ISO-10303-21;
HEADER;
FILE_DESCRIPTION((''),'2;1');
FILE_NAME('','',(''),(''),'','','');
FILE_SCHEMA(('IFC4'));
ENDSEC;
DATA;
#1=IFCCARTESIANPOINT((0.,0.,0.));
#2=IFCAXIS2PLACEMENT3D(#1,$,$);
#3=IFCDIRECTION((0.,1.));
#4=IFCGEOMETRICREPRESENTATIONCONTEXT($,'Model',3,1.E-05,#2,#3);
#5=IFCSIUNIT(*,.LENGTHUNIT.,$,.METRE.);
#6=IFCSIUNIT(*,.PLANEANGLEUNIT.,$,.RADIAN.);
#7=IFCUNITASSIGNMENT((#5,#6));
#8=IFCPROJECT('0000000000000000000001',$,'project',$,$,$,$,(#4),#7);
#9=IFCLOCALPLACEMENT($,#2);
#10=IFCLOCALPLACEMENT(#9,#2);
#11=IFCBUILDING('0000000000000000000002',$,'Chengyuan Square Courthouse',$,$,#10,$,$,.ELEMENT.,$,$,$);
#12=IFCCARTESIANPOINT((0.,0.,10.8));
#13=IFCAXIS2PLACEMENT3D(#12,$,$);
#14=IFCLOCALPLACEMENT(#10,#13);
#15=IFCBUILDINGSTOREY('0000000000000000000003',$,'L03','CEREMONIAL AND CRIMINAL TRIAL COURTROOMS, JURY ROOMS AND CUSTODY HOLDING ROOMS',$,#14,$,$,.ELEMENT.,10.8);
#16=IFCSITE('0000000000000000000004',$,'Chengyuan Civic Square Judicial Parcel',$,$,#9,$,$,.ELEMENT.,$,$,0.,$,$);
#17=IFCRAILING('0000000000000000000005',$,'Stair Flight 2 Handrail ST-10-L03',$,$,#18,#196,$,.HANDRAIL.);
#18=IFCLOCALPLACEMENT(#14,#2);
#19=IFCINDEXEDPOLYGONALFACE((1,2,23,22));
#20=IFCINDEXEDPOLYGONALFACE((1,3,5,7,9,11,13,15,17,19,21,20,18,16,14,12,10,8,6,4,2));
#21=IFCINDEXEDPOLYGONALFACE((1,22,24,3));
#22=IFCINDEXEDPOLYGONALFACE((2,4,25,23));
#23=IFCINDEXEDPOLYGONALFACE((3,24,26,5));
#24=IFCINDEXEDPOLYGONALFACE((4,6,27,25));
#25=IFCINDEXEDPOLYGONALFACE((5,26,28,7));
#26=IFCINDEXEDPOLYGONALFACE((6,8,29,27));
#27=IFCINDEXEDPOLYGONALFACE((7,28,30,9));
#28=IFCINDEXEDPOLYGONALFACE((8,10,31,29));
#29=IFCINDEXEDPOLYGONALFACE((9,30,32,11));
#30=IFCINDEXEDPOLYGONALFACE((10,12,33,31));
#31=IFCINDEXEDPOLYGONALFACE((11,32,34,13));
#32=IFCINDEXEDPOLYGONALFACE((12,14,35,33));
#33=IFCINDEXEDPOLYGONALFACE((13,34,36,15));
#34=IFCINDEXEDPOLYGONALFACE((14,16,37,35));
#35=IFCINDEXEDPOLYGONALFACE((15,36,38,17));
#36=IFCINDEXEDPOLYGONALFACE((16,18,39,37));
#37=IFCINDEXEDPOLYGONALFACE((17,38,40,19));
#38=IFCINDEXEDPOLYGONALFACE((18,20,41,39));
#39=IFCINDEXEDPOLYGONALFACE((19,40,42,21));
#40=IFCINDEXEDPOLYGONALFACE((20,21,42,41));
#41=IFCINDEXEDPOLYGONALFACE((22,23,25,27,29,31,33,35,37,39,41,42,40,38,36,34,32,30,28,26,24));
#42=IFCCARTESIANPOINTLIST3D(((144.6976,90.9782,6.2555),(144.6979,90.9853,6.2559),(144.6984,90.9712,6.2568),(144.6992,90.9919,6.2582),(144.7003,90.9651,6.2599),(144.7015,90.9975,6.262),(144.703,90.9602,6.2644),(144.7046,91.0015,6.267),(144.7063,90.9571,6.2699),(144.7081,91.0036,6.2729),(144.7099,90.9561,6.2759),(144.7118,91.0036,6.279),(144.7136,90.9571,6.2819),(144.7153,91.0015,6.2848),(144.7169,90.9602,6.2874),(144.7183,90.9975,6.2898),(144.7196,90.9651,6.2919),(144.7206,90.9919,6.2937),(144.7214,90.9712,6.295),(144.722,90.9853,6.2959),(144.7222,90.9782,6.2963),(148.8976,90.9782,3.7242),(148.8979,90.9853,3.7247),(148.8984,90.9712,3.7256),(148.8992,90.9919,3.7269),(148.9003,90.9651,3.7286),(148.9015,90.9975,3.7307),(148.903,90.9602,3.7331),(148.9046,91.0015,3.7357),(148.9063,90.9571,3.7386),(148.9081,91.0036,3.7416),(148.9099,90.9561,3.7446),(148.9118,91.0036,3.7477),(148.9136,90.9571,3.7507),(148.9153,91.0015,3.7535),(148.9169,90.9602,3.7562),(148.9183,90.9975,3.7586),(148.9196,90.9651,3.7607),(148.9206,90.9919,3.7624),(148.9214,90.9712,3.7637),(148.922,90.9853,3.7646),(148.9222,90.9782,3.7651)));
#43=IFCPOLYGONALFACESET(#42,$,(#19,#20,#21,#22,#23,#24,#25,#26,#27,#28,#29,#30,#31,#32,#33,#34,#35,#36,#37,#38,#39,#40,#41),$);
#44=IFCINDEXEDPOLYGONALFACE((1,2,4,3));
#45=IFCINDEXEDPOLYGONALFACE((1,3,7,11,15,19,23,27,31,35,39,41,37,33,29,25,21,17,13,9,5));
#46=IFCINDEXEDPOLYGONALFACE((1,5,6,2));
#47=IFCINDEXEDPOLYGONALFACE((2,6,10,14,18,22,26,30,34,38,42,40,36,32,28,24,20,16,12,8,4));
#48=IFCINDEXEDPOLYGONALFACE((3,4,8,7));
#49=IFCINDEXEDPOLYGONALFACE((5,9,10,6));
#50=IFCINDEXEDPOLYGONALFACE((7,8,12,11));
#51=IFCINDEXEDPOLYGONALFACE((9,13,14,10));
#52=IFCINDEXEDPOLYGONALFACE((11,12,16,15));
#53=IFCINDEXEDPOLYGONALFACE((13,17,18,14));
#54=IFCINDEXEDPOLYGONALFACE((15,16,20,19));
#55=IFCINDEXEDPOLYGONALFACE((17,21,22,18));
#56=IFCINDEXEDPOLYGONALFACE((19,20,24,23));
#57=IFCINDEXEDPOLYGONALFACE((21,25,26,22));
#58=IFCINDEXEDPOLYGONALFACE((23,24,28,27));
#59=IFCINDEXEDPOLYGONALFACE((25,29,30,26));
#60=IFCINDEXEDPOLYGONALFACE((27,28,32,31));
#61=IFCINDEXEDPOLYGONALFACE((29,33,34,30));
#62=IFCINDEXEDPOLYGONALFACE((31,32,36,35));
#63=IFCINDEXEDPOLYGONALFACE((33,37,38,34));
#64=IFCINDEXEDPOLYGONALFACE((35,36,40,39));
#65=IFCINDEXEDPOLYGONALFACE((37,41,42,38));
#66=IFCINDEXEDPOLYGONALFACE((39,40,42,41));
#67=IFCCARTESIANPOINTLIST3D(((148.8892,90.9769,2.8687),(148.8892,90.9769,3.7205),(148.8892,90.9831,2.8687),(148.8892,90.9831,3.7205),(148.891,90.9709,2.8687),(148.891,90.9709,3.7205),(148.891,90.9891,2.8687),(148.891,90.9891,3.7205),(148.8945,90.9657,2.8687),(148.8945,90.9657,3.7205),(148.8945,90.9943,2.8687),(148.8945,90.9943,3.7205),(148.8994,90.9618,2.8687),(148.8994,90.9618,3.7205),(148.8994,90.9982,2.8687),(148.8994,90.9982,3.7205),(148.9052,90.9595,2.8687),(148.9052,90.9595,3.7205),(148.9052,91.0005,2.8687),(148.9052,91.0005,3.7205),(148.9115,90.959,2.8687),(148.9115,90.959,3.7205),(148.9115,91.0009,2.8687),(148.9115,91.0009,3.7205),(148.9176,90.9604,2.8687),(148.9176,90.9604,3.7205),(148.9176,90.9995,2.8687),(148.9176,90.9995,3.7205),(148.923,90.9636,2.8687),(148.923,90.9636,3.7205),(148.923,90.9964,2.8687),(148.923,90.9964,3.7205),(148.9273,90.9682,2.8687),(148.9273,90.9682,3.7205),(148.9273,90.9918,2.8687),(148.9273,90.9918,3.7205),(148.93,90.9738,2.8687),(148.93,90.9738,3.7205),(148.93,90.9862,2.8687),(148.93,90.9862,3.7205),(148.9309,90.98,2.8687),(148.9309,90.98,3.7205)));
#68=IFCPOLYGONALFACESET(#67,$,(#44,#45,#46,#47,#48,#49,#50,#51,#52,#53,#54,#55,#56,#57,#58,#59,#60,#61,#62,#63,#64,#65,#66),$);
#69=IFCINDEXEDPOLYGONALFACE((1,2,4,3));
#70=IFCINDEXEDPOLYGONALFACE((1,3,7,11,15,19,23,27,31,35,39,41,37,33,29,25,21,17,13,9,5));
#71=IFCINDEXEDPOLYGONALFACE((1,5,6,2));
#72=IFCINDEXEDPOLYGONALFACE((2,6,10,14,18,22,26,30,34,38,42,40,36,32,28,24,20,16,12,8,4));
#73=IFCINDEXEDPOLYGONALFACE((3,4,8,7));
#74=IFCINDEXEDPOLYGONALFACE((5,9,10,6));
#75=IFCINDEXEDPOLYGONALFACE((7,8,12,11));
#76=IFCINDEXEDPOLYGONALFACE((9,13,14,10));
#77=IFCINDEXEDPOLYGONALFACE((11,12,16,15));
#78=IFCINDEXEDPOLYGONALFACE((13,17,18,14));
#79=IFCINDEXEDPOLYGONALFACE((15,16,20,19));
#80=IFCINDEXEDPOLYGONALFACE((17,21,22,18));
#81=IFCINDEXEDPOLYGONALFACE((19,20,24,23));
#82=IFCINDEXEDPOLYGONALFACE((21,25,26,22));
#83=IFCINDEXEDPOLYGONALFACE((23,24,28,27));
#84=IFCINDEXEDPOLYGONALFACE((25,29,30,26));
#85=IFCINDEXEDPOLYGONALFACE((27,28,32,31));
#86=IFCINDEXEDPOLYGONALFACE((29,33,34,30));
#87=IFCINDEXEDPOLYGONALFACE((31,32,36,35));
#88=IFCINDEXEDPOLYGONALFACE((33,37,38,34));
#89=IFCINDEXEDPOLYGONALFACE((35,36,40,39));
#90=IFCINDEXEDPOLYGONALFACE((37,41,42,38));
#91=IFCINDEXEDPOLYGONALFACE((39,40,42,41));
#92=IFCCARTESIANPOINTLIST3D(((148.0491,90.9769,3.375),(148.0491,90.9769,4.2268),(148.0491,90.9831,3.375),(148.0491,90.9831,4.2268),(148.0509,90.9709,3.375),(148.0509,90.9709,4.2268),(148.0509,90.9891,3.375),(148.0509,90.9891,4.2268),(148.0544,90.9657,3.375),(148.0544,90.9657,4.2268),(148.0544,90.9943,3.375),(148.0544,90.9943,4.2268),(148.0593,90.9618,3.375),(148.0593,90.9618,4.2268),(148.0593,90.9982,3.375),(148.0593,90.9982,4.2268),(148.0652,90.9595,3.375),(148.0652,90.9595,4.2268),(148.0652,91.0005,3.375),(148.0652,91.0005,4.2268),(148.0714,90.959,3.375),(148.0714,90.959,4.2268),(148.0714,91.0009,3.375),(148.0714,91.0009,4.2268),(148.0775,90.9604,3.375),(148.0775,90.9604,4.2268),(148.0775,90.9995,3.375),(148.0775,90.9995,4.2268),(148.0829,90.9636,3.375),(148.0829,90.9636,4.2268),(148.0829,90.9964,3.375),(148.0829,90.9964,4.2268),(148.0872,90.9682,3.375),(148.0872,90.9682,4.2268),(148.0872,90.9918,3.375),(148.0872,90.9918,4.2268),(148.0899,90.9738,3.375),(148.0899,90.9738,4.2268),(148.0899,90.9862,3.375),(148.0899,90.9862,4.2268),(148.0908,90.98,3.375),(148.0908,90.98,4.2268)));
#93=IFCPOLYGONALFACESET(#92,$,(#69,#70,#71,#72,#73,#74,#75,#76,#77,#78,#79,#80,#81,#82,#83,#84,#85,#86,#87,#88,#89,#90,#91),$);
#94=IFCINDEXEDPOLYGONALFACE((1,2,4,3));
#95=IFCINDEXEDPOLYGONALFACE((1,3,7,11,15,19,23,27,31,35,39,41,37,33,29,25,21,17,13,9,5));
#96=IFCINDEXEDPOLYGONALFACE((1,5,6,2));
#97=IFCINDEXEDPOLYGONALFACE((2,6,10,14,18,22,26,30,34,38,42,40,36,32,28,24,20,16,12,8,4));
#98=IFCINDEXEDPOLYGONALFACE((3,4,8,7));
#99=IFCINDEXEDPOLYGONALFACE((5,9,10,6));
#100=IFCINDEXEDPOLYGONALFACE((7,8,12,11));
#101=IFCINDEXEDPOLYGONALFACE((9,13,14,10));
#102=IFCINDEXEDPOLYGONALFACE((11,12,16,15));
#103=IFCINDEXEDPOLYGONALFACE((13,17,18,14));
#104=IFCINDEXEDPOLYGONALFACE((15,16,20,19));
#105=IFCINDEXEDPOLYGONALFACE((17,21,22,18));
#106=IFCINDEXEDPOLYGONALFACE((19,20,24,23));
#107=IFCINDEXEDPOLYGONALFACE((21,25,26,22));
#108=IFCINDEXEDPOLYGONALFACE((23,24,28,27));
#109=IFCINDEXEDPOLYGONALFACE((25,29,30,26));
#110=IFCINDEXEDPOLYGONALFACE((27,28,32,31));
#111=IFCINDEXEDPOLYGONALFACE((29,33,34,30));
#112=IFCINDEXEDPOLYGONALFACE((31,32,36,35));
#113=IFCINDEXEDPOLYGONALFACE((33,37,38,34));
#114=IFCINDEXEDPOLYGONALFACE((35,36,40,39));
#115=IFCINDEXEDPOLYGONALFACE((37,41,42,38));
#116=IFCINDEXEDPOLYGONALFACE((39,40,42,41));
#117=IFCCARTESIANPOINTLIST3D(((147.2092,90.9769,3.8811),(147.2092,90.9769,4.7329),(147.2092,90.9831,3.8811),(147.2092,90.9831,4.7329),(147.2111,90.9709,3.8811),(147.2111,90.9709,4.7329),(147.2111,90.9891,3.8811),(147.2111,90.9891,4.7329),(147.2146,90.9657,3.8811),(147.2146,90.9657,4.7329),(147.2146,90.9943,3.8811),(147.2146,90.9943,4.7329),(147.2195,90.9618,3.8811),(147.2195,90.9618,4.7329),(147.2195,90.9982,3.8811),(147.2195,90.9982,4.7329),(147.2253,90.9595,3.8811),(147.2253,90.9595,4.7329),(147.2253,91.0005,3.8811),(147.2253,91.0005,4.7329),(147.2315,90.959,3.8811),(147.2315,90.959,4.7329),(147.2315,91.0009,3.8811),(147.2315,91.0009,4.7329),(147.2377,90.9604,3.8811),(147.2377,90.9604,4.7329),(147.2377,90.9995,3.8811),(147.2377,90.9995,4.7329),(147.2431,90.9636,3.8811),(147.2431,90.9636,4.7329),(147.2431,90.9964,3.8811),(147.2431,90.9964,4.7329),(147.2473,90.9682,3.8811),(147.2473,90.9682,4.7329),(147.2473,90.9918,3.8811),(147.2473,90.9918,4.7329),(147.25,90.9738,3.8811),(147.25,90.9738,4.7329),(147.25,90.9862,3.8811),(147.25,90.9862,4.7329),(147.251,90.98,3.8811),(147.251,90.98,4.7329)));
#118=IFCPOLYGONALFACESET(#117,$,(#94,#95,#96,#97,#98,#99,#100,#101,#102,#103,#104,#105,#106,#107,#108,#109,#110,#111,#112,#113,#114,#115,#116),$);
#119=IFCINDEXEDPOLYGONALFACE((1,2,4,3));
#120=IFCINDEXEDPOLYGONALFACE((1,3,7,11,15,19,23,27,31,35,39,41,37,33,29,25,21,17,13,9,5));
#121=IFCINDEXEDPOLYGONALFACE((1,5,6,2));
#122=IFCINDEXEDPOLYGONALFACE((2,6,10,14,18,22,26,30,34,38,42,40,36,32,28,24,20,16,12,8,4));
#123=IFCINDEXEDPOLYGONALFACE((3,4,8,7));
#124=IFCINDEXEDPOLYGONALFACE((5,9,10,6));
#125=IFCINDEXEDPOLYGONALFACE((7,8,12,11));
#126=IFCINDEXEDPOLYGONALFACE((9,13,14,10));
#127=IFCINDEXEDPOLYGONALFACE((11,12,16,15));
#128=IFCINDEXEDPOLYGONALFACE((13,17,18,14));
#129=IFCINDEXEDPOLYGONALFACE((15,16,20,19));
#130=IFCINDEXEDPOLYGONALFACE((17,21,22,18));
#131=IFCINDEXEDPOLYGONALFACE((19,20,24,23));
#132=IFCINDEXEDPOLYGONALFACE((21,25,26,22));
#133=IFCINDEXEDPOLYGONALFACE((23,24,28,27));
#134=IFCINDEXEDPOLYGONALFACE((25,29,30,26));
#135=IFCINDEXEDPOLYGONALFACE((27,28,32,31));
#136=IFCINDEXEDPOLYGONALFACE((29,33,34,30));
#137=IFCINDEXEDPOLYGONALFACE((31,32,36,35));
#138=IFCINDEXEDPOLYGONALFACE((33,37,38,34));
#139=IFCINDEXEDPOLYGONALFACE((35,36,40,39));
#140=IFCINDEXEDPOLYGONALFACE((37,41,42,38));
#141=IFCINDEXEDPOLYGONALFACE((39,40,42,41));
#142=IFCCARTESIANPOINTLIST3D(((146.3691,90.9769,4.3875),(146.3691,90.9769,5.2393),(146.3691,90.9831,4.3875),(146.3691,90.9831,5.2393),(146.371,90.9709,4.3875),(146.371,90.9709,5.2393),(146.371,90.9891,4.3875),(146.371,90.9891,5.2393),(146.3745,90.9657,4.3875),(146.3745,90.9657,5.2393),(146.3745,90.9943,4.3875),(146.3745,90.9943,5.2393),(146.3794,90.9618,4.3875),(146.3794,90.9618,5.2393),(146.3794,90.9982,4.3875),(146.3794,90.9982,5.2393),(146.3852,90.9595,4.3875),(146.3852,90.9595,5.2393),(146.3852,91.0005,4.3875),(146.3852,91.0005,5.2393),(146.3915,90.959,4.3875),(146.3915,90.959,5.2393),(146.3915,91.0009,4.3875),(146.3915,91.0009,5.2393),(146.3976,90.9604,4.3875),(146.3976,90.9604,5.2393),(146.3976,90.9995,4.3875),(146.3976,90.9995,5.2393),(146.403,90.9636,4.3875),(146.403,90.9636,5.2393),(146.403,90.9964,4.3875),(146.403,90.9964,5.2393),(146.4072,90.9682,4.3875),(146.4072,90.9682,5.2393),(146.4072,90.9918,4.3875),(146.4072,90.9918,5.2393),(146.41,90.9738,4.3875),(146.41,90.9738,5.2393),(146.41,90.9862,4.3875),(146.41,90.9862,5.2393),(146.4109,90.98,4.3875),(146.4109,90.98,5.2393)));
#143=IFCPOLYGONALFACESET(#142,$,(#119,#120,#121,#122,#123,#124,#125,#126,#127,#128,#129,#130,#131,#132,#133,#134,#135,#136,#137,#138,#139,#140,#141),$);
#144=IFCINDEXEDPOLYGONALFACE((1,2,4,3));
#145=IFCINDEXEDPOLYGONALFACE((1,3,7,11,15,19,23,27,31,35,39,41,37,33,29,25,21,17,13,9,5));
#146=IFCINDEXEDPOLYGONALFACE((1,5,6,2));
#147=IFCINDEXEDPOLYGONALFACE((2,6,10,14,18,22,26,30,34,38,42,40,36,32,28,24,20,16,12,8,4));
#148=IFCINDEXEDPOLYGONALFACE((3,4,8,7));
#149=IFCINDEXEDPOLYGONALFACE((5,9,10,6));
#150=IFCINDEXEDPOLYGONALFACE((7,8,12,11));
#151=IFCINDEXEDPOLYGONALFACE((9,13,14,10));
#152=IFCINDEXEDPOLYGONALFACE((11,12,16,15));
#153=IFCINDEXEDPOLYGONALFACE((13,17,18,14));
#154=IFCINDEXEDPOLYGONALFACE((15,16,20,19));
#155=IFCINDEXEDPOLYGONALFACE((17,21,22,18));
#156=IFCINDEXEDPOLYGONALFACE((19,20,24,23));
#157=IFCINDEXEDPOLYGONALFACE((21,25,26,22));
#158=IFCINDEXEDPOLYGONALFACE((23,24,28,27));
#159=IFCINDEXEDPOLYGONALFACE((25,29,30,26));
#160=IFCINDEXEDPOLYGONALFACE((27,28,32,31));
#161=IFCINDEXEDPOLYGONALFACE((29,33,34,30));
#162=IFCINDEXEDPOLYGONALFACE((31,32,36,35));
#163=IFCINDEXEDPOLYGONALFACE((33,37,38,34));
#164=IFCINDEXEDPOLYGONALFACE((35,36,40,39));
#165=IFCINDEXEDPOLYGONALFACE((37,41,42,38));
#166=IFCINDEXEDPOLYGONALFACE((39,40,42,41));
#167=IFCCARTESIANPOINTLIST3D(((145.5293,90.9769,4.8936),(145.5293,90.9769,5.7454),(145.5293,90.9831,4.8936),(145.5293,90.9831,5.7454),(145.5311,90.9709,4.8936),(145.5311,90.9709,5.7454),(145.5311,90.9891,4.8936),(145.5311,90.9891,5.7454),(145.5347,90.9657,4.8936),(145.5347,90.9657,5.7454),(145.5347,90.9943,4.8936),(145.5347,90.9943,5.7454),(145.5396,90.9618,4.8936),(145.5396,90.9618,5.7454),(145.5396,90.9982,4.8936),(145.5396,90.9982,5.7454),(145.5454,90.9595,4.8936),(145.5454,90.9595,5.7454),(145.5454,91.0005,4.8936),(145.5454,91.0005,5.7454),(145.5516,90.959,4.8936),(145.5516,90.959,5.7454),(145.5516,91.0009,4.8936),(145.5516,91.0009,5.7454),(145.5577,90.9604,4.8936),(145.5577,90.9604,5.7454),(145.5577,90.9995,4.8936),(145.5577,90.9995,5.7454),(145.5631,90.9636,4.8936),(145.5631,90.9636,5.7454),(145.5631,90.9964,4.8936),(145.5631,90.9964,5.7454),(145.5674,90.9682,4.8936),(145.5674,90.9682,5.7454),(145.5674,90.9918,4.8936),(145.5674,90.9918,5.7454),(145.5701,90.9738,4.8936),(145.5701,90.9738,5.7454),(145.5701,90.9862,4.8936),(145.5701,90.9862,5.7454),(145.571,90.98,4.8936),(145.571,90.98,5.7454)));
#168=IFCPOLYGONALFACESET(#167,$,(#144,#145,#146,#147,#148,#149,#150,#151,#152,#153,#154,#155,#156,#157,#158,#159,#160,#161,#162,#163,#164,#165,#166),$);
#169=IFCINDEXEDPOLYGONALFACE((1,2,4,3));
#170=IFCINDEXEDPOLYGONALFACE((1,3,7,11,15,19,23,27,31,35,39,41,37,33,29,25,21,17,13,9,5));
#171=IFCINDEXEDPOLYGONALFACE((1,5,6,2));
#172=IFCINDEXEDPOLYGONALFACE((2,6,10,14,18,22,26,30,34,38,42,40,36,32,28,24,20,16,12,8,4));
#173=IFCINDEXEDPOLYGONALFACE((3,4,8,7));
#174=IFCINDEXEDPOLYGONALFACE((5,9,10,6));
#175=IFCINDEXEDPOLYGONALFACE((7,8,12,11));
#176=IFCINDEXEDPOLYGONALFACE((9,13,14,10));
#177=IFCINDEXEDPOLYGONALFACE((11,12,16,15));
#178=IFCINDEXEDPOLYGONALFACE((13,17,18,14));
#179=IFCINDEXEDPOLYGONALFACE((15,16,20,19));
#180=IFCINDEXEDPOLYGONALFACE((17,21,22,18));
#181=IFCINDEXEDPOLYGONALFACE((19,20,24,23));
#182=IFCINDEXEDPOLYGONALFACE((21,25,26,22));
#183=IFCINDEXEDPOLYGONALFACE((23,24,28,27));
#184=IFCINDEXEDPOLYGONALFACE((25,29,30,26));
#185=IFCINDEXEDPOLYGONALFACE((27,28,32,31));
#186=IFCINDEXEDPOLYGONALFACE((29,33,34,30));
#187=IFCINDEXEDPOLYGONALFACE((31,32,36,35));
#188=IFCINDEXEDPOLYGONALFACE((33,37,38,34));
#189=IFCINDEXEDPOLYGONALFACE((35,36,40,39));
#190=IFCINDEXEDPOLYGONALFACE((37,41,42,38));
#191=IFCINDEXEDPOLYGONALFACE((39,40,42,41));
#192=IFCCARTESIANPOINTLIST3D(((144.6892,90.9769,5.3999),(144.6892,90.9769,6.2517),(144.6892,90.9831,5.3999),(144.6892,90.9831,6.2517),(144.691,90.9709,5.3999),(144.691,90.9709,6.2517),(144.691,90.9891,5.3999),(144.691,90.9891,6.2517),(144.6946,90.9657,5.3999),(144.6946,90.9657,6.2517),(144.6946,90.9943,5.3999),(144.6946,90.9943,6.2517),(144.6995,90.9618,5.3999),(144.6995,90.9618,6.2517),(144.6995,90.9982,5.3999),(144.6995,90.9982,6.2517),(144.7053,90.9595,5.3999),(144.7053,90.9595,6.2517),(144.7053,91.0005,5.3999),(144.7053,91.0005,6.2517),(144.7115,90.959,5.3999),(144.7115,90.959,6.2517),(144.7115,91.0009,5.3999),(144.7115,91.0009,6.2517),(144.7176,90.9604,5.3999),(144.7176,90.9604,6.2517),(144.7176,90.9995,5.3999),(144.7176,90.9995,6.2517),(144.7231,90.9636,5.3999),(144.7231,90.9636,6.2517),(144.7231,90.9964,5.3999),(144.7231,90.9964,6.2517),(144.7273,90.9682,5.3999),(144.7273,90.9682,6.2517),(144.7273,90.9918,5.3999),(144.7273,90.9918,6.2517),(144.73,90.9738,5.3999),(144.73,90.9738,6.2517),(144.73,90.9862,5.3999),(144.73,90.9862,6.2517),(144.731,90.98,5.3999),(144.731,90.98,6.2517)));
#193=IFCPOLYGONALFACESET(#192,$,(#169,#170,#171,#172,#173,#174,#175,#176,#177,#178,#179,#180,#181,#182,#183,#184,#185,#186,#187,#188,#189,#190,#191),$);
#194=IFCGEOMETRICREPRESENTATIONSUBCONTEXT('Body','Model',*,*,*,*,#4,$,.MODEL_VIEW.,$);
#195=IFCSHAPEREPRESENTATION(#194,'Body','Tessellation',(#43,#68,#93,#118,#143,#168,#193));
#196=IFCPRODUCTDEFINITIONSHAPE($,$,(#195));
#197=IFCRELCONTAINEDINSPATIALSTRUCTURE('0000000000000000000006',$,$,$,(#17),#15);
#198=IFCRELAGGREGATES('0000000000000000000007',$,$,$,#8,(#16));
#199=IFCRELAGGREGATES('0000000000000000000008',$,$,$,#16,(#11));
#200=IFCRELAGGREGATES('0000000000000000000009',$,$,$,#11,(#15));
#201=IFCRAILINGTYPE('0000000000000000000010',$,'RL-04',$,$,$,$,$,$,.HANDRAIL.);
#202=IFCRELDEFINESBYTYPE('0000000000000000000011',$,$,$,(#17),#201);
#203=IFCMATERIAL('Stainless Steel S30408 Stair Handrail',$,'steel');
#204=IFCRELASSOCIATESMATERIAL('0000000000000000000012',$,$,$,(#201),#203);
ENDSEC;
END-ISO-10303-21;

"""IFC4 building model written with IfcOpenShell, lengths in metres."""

from ifc_helpers import new_model, si_unit, direction, frame, origin, origin_2d, place, context, subcontext, project, spatial, circle, extrude, material, type_object, element, save


model = new_model("IFC4")

# Units and contexts
model_context = context("Model", 3, precision=1e-05, world=origin(), true_north=direction((0.0, 1.0)))
body_context = subcontext(model_context, "Body", "Model", "MODEL_VIEW")
ifc_project = project(units=[si_unit("LENGTHUNIT", "METRE"), si_unit("PLANEANGLEUNIT", "RADIAN")], contexts=[model_context])

# Site, building, storey
site_placement = place(None, origin())
site = spatial("IfcSite", under=ifc_project, at=site_placement, Name="Chengyuan Civic Square Judicial Parcel", CompositionType="ELEMENT", RefElevation=0.0)
building_placement = place(site_placement, origin())
building = spatial("IfcBuilding", under=site, at=building_placement, Name="Chengyuan Square Courthouse", CompositionType="ELEMENT")
storey_placement = place(building_placement, frame((0.0, 0.0, 10.8)))
storey = spatial("IfcBuildingStorey", under=building, at=storey_placement, Name="L03", Description="CEREMONIAL AND CRIMINAL TRIAL COURTROOMS, JURY ROOMS AND CUSTODY HOLDING ROOMS", CompositionType="ELEMENT", Elevation=10.8)

# Railing
ifc_material_1 = material(Name="Stainless Steel S30408 Stair Handrail", Category="steel")
railing_type_1 = type_object("IfcRailingType", Name="RL-04", PredefinedType="HANDRAIL", material=ifc_material_1)
railing_1_placement = place(storey_placement, frame((148.9099, 90.98, 2.8687)))
element("IfcRailing", 1, at=railing_1_placement, inside=storey, type_object=railing_type_1, Name="Stair Flight 2 Handrail ST-10-L03", PredefinedType="HANDRAIL", context=body_context, shape_type="SweptSolid", body=[
    extrude(circle(Radius=0.0239, at=origin_2d()), frame((0.0, 0.0, 0.876), z_axis=(-0.856476, 0.0, 0.516186), x_axis=(0.0, -1.0, 0.0)), (0.0, 0.0, 1.0), 4.9038),
    extrude(circle(Radius=0.021, at=origin_2d()), origin(), (0.0, 0.0, 1.0), 0.8518),
    extrude(circle(Radius=0.021, at=origin_2d()), frame((-0.8401, 0.0, 0.5063)), (0.0, 0.0, 1.0), 0.8518),
    extrude(circle(Radius=0.021, at=origin_2d()), frame((-1.6799, 0.0, 1.0125)), (0.0, 0.0, 1.0), 0.8518),
    extrude(circle(Radius=0.021, at=origin_2d()), frame((-2.52, 0.0, 1.5188)), (0.0, 0.0, 1.0), 0.8518),
    extrude(circle(Radius=0.021, at=origin_2d()), frame((-3.3599, 0.0, 2.0249)), (0.0, 0.0, 1.0), 0.8518),
    extrude(circle(Radius=0.021, at=origin_2d()), frame((-4.2, 0.0, 2.5312)), (0.0, 0.0, 1.0), 0.8518),
])

save(model, "model.ifc")
